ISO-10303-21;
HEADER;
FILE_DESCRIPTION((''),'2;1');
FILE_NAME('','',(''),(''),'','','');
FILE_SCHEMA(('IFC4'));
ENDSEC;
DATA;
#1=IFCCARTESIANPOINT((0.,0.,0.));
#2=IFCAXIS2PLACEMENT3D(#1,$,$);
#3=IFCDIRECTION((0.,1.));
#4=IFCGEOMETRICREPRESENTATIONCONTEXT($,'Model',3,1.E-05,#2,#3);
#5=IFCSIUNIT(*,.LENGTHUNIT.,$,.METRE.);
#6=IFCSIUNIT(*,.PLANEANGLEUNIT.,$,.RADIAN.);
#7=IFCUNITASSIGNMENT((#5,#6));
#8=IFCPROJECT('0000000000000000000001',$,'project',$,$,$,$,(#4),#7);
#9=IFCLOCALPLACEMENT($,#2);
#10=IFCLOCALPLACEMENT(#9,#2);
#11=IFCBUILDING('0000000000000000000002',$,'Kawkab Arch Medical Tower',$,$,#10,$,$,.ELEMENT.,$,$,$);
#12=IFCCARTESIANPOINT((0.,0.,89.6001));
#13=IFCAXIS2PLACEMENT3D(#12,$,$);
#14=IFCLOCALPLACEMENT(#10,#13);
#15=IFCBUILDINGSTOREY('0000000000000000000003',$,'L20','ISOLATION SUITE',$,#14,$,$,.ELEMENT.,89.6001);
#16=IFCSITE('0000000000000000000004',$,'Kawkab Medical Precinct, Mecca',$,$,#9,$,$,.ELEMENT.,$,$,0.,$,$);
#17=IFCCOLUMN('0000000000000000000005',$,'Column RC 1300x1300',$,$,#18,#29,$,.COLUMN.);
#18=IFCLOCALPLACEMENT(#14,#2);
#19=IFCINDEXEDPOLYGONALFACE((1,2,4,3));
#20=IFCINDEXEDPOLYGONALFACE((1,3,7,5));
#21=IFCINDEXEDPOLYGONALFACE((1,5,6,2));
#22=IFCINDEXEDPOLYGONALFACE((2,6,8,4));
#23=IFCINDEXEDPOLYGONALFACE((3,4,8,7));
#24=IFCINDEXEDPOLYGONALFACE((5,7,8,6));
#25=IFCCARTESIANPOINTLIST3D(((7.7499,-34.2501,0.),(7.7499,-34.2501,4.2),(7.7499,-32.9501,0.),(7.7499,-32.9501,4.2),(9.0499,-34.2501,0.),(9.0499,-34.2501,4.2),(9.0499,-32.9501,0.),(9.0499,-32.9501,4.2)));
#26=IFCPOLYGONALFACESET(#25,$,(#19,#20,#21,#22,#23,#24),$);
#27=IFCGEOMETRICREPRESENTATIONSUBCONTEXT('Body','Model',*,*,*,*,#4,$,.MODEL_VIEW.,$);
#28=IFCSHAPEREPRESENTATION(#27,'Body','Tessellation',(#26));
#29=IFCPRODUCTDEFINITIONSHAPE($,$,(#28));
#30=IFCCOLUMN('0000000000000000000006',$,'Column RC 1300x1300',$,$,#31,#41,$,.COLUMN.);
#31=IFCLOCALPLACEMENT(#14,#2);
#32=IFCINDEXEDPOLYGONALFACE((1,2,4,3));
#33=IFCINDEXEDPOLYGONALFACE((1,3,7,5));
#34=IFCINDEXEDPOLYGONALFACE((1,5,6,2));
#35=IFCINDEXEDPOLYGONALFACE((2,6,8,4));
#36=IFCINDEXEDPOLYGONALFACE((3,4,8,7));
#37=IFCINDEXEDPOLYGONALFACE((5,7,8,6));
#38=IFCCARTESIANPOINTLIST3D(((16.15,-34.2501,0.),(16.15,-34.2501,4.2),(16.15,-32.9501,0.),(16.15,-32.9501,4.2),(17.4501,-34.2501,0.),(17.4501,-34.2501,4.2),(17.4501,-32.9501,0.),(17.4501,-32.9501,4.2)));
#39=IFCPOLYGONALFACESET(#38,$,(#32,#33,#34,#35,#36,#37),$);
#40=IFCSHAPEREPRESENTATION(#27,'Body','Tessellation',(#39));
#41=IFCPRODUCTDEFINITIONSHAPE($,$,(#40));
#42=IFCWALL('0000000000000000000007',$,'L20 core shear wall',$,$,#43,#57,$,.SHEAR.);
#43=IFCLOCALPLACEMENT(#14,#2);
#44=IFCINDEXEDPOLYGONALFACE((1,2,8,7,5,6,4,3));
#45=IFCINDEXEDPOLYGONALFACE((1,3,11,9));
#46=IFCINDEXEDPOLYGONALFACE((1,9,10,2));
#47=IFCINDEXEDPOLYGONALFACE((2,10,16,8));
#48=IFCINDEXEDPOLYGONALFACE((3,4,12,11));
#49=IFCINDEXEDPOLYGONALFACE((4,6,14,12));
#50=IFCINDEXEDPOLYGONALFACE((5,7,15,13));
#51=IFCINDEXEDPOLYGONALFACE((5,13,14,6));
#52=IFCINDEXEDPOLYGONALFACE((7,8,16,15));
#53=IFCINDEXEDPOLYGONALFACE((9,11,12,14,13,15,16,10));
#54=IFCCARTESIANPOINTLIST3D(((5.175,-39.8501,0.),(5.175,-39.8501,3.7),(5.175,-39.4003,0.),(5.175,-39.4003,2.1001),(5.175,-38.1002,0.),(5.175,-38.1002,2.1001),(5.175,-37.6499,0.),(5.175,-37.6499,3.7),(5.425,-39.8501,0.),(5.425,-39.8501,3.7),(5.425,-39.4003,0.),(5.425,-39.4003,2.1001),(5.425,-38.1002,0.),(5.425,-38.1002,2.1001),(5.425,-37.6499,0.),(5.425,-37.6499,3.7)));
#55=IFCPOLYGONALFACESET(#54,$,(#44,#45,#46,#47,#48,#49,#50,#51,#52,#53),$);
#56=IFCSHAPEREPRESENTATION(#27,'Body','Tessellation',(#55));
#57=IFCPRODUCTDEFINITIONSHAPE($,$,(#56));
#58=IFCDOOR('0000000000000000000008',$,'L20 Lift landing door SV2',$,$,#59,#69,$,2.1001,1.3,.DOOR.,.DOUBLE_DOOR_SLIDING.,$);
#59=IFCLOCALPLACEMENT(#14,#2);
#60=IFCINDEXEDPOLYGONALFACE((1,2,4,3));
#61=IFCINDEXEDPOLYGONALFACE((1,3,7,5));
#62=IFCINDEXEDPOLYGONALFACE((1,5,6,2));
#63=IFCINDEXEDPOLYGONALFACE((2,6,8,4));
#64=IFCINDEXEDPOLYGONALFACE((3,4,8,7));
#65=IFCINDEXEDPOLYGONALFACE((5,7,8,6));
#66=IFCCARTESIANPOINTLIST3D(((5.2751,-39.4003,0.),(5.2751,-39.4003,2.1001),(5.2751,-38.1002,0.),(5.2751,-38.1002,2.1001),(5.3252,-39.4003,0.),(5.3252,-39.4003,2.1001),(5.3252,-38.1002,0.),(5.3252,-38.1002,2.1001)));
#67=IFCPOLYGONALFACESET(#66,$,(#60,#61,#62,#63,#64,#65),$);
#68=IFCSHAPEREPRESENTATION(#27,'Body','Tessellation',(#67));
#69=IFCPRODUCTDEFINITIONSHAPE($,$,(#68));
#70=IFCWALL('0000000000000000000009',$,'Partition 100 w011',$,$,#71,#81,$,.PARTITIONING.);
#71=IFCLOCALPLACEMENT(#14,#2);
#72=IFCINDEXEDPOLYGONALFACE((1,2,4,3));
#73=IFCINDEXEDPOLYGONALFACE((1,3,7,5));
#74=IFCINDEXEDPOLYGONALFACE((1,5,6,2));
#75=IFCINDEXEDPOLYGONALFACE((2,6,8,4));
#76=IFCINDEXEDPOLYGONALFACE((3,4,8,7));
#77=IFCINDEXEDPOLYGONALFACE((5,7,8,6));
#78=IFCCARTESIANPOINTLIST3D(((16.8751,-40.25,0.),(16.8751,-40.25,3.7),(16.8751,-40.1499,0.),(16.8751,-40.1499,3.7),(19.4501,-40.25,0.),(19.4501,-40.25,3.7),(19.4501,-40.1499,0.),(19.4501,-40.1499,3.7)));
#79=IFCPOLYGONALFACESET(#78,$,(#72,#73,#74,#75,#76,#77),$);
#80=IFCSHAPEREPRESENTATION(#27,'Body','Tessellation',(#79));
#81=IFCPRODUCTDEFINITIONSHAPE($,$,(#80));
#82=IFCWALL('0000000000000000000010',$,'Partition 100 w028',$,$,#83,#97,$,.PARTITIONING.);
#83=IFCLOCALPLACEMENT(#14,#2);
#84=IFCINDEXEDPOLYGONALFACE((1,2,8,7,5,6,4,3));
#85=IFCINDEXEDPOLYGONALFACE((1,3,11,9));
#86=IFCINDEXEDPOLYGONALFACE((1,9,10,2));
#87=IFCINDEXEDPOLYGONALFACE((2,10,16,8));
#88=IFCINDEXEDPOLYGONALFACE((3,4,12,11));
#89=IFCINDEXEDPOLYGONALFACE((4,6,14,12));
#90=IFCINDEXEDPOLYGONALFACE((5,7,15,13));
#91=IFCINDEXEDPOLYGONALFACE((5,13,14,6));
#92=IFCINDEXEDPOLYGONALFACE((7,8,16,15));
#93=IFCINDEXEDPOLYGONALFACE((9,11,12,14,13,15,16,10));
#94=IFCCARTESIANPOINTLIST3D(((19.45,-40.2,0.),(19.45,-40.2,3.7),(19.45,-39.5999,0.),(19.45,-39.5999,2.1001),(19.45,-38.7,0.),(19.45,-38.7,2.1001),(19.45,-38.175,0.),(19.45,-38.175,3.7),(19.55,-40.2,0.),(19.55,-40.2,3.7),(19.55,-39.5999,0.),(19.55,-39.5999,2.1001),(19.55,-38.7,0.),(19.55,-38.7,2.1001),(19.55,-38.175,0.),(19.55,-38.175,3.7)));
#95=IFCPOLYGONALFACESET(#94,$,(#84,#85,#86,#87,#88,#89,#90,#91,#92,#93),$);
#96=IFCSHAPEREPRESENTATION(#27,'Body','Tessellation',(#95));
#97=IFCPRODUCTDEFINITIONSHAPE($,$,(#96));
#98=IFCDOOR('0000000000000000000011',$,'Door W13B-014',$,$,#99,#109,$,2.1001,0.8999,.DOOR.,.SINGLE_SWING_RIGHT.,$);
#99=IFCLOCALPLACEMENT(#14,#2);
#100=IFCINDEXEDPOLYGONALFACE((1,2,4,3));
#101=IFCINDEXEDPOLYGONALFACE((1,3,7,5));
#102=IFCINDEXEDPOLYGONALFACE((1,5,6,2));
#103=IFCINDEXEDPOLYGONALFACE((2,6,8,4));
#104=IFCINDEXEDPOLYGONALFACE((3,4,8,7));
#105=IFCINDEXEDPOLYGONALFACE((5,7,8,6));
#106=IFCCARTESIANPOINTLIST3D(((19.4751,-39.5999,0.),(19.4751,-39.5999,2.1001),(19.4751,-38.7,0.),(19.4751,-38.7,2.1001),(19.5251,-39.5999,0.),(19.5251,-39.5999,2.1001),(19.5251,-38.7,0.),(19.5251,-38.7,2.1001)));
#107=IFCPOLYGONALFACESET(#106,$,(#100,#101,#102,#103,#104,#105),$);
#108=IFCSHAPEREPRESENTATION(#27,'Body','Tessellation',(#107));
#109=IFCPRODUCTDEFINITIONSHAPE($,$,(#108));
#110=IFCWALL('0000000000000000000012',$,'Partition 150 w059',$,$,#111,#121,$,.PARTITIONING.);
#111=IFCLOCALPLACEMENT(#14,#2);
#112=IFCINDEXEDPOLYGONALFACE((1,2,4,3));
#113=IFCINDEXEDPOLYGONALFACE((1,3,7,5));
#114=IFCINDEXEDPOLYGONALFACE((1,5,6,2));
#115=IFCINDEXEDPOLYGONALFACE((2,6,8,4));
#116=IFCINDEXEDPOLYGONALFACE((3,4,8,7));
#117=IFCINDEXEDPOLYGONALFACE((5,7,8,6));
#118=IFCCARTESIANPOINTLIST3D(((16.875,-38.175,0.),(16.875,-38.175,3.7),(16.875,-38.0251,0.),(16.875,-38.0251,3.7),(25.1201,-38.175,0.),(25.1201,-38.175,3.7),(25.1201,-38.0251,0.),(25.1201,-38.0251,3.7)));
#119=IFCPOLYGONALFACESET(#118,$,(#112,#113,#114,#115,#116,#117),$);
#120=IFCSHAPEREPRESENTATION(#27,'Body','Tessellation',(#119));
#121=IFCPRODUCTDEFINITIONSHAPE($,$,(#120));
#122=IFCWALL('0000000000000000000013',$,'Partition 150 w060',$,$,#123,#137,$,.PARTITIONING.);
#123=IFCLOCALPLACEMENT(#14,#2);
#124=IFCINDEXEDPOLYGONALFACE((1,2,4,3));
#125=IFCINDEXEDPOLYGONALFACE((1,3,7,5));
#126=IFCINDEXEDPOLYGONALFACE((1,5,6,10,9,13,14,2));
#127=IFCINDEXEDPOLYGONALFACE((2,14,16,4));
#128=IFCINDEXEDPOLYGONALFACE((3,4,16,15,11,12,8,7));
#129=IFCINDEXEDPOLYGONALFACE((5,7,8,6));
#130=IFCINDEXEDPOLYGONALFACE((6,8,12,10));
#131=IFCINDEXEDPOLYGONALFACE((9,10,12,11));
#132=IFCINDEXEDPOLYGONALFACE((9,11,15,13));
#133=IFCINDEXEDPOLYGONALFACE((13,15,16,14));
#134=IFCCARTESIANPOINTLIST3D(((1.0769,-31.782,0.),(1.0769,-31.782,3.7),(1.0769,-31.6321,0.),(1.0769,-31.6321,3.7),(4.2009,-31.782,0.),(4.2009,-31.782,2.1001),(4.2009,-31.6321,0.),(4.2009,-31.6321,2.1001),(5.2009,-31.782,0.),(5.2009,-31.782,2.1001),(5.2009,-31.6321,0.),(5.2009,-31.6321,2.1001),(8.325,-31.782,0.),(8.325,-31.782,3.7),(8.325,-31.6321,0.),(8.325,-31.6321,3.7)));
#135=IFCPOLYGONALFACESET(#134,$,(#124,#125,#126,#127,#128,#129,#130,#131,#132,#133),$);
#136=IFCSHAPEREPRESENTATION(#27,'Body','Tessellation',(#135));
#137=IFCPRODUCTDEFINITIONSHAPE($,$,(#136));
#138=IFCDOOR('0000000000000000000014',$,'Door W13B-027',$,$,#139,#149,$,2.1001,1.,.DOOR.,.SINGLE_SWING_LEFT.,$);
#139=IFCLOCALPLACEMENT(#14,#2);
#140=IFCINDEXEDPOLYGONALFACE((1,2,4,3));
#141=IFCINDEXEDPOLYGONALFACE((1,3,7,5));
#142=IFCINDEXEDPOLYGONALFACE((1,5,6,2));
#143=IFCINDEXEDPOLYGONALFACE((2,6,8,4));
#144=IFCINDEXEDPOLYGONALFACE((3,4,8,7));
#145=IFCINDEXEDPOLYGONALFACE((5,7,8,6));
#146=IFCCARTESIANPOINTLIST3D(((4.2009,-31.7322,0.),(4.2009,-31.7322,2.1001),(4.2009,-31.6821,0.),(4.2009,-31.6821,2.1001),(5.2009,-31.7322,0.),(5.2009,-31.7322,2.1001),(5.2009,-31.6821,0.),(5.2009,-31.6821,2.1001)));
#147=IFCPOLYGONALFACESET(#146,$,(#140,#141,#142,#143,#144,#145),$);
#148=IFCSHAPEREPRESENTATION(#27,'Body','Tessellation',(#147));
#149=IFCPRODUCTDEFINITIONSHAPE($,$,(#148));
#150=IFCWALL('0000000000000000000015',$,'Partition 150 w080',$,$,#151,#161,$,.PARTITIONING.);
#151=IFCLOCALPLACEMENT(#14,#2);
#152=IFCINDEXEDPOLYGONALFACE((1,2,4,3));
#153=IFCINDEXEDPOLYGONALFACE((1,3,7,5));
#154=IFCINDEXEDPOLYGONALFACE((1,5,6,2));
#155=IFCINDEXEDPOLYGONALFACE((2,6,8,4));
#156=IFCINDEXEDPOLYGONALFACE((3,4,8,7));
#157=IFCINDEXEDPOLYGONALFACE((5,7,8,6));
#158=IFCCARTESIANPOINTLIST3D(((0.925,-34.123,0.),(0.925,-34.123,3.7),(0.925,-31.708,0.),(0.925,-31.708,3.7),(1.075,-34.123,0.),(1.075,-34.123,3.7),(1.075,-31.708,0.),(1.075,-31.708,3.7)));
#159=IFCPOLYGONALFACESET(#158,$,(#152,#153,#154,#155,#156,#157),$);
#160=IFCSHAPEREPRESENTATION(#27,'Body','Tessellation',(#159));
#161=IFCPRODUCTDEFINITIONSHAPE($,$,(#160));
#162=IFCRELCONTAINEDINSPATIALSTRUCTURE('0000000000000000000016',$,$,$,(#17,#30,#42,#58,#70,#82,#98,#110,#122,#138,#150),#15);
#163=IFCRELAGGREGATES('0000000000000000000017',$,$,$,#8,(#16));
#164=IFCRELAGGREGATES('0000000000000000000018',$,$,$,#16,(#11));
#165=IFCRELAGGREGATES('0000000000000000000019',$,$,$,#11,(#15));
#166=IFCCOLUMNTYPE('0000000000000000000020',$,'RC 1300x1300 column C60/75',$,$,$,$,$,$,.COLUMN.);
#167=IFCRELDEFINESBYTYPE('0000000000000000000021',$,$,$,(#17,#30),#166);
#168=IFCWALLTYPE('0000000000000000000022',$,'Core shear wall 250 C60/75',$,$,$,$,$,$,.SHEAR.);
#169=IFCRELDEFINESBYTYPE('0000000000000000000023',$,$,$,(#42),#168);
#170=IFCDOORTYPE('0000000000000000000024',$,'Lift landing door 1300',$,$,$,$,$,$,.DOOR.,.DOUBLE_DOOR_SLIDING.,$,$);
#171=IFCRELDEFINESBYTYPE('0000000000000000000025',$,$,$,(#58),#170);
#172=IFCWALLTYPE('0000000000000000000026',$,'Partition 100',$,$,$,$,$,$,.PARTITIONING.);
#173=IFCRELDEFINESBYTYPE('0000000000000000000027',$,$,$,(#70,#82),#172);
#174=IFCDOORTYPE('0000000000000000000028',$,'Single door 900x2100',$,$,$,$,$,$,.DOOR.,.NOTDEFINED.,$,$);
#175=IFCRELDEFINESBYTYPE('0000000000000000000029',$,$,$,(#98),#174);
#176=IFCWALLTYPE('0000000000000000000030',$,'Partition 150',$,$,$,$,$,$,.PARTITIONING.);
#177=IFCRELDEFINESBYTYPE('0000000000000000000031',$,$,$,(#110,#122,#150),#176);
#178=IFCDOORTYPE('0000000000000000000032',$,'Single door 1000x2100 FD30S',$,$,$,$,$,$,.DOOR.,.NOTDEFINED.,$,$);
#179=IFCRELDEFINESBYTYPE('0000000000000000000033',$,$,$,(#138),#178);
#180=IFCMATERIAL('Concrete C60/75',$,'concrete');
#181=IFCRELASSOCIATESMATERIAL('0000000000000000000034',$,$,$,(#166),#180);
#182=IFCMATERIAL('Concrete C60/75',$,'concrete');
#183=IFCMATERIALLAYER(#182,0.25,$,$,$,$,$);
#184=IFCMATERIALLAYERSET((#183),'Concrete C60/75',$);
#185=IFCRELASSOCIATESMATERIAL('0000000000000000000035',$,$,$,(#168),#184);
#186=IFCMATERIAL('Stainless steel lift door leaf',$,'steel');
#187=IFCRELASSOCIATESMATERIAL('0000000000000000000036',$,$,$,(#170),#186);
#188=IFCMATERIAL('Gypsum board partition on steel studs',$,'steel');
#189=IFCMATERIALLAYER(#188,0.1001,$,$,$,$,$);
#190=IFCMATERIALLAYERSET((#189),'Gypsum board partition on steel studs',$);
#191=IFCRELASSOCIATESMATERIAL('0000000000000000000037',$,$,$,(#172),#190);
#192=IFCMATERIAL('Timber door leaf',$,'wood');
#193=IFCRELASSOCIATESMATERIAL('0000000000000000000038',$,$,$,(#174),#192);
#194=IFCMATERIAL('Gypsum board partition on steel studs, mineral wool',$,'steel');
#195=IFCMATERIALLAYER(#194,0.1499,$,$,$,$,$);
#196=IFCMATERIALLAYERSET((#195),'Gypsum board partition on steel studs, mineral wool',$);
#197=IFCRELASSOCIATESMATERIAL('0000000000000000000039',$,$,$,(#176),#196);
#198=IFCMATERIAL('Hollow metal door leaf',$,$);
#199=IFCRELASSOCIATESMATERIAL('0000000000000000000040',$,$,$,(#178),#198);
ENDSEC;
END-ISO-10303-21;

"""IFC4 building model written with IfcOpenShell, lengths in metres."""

from ifc_helpers import new_model, si_unit, direction, frame, frame_2d, origin, origin_2d, place, context, subcontext, project, spatial, rectangle, extrude, material, layer, layer_set, material_profile, profile_set, type_object, element, fill, save


model = new_model("IFC4")

# Units and contexts
model_context = context("Model", 3, precision=1e-05, world=origin(), true_north=direction((0.0, 1.0)))
body_context = subcontext(model_context, "Body", "Model", "MODEL_VIEW")
ifc_project = project(units=[si_unit("LENGTHUNIT", "METRE"), si_unit("PLANEANGLEUNIT", "RADIAN")], contexts=[model_context])

# Site, building, storey
site_placement = place(None, origin())
site = spatial("IfcSite", under=ifc_project, at=site_placement, Name="Kawkab Medical Precinct, Mecca", CompositionType="ELEMENT", RefElevation=0.0)
building_placement = place(site_placement, origin())
building = spatial("IfcBuilding", under=site, at=building_placement, Name="Kawkab Arch Medical Tower", CompositionType="ELEMENT")
storey_placement = place(building_placement, frame((0.0, 0.0, 89.6001)))
storey = spatial("IfcBuildingStorey", under=building, at=storey_placement, Name="L20", Description="ISOLATION SUITE", CompositionType="ELEMENT", Elevation=89.6001)

# Columns
ifc_material_1 = material(Name="Concrete C60/75", Category="concrete")
ifc_material_profile = material_profile(ifc_material_1, rectangle(XDim=1.3, YDim=1.3, at=origin_2d()), Name="RC 1300x1300")
ifc_profile_set = profile_set([ifc_material_profile], Name="Concrete C60/75")
column_type = type_object("IfcColumnType", Name="RC 1300x1300 column C60/75", PredefinedType="COLUMN", material=ifc_profile_set)
for number, where, z_axis, x_axis, name in (
    (1, (8.3999, -33.6001, 0.0), (0.0, 0.0, 1.0), (1.0, 0.0, 0.0), "Column RC 1300x1300"),
    (2, (16.8, -33.6001, 0.0), (0.0, 0.0, 1.0), (1.0, 0.0, 0.0), "Column RC 1300x1300"),
):
    element("IfcColumn", number, at=place(storey_placement, frame(where, z_axis=z_axis, x_axis=x_axis)), inside=storey, type_object=column_type, Name=name, PredefinedType="COLUMN", context=body_context, shape_type="SweptSolid", body=[
        extrude(rectangle(XDim=1.3, YDim=1.3, at=origin_2d()), origin(), (0.0, 0.0, 1.0), 4.2),
    ])

# Wall, opening, door
ifc_material_2 = material(Name="Concrete C60/75", Category="concrete")
ifc_layer_1 = layer(ifc_material_2, 0.25)
ifc_layer_set_1 = layer_set([ifc_layer_1], Name="Concrete C60/75")
wall_type_1 = type_object("IfcWallType", Name="Core shear wall 250 C60/75", PredefinedType="SHEAR", material=ifc_layer_set_1)
wall_1_placement = place(storey_placement, frame((5.3, -39.8501, 0.0), z_axis=(0.0, 0.0, 1.0), x_axis=(0.0, 1.0, 0.0)))
wall_1 = element("IfcWall", 3, at=wall_1_placement, inside=storey, type_object=wall_type_1, Name="L20 core shear wall", PredefinedType="SHEAR", context=body_context, shape_type="SweptSolid", body=[
    extrude(rectangle(XDim=2.2002, YDim=0.25, at=frame_2d((1.1001, 0.0))), origin(), (0.0, 0.0, 1.0), 3.7),
])
opening_1_placement = place(wall_1_placement, frame((0.45, 0.0, 0.0)))
opening_1 = element("IfcOpeningElement", 4, at=opening_1_placement, cuts=wall_1, PredefinedType="OPENING", context=body_context, shape_type="SweptSolid", body=[
    extrude(rectangle(XDim=1.3, YDim=2.1001, at=frame_2d((0.6499, 1.05))), frame((0.0, 0.135, 0.0), z_axis=(0.0, -1.0, 0.0), x_axis=(1.0, 0.0, 0.0)), (0.0, 0.0, 1.0), 0.27),
])
ifc_material_3 = material(Name="Stainless steel lift door leaf", Category="steel")
door_type_1 = type_object("IfcDoorType", Name="Lift landing door 1300", OperationType="DOUBLE_DOOR_SLIDING", PredefinedType="DOOR", material=ifc_material_3)
door_1_placement = place(opening_1_placement, origin())
door_1 = element("IfcDoor", 5, at=door_1_placement, inside=storey, type_object=door_type_1, Name="L20 Lift landing door SV2", OperationType="DOUBLE_DOOR_SLIDING", OverallHeight=2.1001, OverallWidth=1.3, PredefinedType="DOOR", context=body_context, shape_type="SweptSolid", body=[
    extrude(rectangle(XDim=1.3, YDim=2.1001, at=frame_2d((0.6499, 1.05))), frame((0.0, 0.0249, 0.0), z_axis=(0.0, -1.0, 0.0), x_axis=(1.0, 0.0, 0.0)), (0.0, 0.0, 1.0), 0.05),
])
fill(opening_1, door_1)

# Wall
ifc_material_4 = material(Name="Gypsum board partition on steel studs", Category="steel")
ifc_layer_2 = layer(ifc_material_4, 0.1001)
ifc_layer_set_2 = layer_set([ifc_layer_2], Name="Gypsum board partition on steel studs")
wall_type_2 = type_object("IfcWallType", Name="Partition 100", PredefinedType="PARTITIONING", material=ifc_layer_set_2)
wall_2_placement = place(storey_placement, frame((16.875, -40.2, 0.0), z_axis=(0.0, 0.0, 1.0), x_axis=(1.0, 0.0, 0.0)))
element("IfcWall", 6, at=wall_2_placement, inside=storey, type_object=wall_type_2, Name="Partition 100 w011", PredefinedType="PARTITIONING", context=body_context, shape_type="SweptSolid", body=[
    extrude(rectangle(XDim=2.575, YDim=0.1001, at=frame_2d((1.2876, 0.0))), origin(), (0.0, 0.0, 1.0), 3.7),
])

# Wall, opening, door
wall_3_placement = place(storey_placement, frame((19.5, -40.2, 0.0), z_axis=(0.0, 0.0, 1.0), x_axis=(0.0, 1.0, 0.0)))
wall_3 = element("IfcWall", 7, at=wall_3_placement, inside=storey, type_object=wall_type_2, Name="Partition 100 w028", PredefinedType="PARTITIONING", context=body_context, shape_type="SweptSolid", body=[
    extrude(rectangle(XDim=2.0249, YDim=0.1001, at=frame_2d((1.0125, 0.0))), origin(), (0.0, 0.0, 1.0), 3.7),
])
opening_2_placement = place(wall_3_placement, frame((0.6001, 0.0, 0.0)))
opening_2 = element("IfcOpeningElement", 8, at=opening_2_placement, cuts=wall_3, PredefinedType="OPENING", context=body_context, shape_type="SweptSolid", body=[
    extrude(rectangle(XDim=0.8999, YDim=2.1001, at=frame_2d((0.45, 1.05))), frame((0.0, 0.0601, 0.0), z_axis=(0.0, -1.0, 0.0), x_axis=(1.0, 0.0, 0.0)), (0.0, 0.0, 1.0), 0.1201),
])
ifc_material_5 = material(Name="Timber door leaf", Category="wood")
door_type_2 = type_object("IfcDoorType", Name="Single door 900x2100", OperationType="NOTDEFINED", PredefinedType="DOOR", material=ifc_material_5)
door_2_placement = place(opening_2_placement, origin())
door_2 = element("IfcDoor", 9, at=door_2_placement, inside=storey, type_object=door_type_2, Name="Door W13B-014", OperationType="SINGLE_SWING_RIGHT", OverallHeight=2.1001, OverallWidth=0.8999, PredefinedType="DOOR", context=body_context, shape_type="SweptSolid", body=[
    extrude(rectangle(XDim=0.8999, YDim=2.1001, at=frame_2d((0.45, 1.05))), frame((0.0, 0.0249, 0.0), z_axis=(0.0, -1.0, 0.0), x_axis=(1.0, 0.0, 0.0)), (0.0, 0.0, 1.0), 0.05),
])
fill(opening_2, door_2)

# Wall
ifc_material_6 = material(Name="Gypsum board partition on steel studs, mineral wool", Category="steel")
ifc_layer_3 = layer(ifc_material_6, 0.1499)
ifc_layer_set_3 = layer_set([ifc_layer_3], Name="Gypsum board partition on steel studs, mineral wool")
wall_type_3 = type_object("IfcWallType", Name="Partition 150", PredefinedType="PARTITIONING", material=ifc_layer_set_3)
wall_4_placement = place(storey_placement, frame((16.875, -38.1001, 0.0), z_axis=(0.0, 0.0, 1.0), x_axis=(1.0, 0.0, 0.0)))
element("IfcWall", 10, at=wall_4_placement, inside=storey, type_object=wall_type_3, Name="Partition 150 w059", PredefinedType="PARTITIONING", context=body_context, shape_type="SweptSolid", body=[
    extrude(rectangle(XDim=8.2451, YDim=0.1499, at=frame_2d((4.1226, 0.0))), origin(), (0.0, 0.0, 1.0), 3.7),
])

# Wall, opening, door
wall_5_placement = place(storey_placement, frame((1.0769, -31.707, 0.0), z_axis=(0.0, 0.0, 1.0), x_axis=(1.0, 0.0, 0.0)))
wall_5 = element("IfcWall", 11, at=wall_5_placement, inside=storey, type_object=wall_type_3, Name="Partition 150 w060", PredefinedType="PARTITIONING", context=body_context, shape_type="SweptSolid", body=[
    extrude(rectangle(XDim=7.248, YDim=0.1499, at=frame_2d((3.624, 0.0))), origin(), (0.0, 0.0, 1.0), 3.7),
])
opening_3_placement = place(wall_5_placement, frame((3.124, 0.0, 0.0)))
opening_3 = element("IfcOpeningElement", 12, at=opening_3_placement, cuts=wall_5, PredefinedType="OPENING", context=body_context, shape_type="SweptSolid", body=[
    extrude(rectangle(XDim=1.0, YDim=2.1001, at=frame_2d((0.5, 1.05))), frame((0.0, 0.085, 0.0), z_axis=(0.0, -1.0, 0.0), x_axis=(1.0, 0.0, 0.0)), (0.0, 0.0, 1.0), 0.1699),
])
ifc_material_7 = material(Name="Hollow metal door leaf")
door_type_3 = type_object("IfcDoorType", Name="Single door 1000x2100 FD30S", OperationType="NOTDEFINED", PredefinedType="DOOR", material=ifc_material_7)
door_3_placement = place(opening_3_placement, origin())
door_3 = element("IfcDoor", 13, at=door_3_placement, inside=storey, type_object=door_type_3, Name="Door W13B-027", OperationType="SINGLE_SWING_LEFT", OverallHeight=2.1001, OverallWidth=1.0, PredefinedType="DOOR", context=body_context, shape_type="SweptSolid", body=[
    extrude(rectangle(XDim=1.0, YDim=2.1001, at=frame_2d((0.5, 1.05))), frame((0.0, 0.0249, 0.0), z_axis=(0.0, -1.0, 0.0), x_axis=(1.0, 0.0, 0.0)), (0.0, 0.0, 1.0), 0.05),
])
fill(opening_3, door_3)

# Wall
wall_6_placement = place(storey_placement, frame((1.0, -34.123, 0.0), z_axis=(0.0, 0.0, 1.0), x_axis=(0.0, 1.0, 0.0)))
element("IfcWall", 14, at=wall_6_placement, inside=storey, type_object=wall_type_3, Name="Partition 150 w080", PredefinedType="PARTITIONING", context=body_context, shape_type="SweptSolid", body=[
    extrude(rectangle(XDim=2.415, YDim=0.1499, at=frame_2d((1.2075, 0.0))), origin(), (0.0, 0.0, 1.0), 3.7),
])

save(model, "model.ifc")
